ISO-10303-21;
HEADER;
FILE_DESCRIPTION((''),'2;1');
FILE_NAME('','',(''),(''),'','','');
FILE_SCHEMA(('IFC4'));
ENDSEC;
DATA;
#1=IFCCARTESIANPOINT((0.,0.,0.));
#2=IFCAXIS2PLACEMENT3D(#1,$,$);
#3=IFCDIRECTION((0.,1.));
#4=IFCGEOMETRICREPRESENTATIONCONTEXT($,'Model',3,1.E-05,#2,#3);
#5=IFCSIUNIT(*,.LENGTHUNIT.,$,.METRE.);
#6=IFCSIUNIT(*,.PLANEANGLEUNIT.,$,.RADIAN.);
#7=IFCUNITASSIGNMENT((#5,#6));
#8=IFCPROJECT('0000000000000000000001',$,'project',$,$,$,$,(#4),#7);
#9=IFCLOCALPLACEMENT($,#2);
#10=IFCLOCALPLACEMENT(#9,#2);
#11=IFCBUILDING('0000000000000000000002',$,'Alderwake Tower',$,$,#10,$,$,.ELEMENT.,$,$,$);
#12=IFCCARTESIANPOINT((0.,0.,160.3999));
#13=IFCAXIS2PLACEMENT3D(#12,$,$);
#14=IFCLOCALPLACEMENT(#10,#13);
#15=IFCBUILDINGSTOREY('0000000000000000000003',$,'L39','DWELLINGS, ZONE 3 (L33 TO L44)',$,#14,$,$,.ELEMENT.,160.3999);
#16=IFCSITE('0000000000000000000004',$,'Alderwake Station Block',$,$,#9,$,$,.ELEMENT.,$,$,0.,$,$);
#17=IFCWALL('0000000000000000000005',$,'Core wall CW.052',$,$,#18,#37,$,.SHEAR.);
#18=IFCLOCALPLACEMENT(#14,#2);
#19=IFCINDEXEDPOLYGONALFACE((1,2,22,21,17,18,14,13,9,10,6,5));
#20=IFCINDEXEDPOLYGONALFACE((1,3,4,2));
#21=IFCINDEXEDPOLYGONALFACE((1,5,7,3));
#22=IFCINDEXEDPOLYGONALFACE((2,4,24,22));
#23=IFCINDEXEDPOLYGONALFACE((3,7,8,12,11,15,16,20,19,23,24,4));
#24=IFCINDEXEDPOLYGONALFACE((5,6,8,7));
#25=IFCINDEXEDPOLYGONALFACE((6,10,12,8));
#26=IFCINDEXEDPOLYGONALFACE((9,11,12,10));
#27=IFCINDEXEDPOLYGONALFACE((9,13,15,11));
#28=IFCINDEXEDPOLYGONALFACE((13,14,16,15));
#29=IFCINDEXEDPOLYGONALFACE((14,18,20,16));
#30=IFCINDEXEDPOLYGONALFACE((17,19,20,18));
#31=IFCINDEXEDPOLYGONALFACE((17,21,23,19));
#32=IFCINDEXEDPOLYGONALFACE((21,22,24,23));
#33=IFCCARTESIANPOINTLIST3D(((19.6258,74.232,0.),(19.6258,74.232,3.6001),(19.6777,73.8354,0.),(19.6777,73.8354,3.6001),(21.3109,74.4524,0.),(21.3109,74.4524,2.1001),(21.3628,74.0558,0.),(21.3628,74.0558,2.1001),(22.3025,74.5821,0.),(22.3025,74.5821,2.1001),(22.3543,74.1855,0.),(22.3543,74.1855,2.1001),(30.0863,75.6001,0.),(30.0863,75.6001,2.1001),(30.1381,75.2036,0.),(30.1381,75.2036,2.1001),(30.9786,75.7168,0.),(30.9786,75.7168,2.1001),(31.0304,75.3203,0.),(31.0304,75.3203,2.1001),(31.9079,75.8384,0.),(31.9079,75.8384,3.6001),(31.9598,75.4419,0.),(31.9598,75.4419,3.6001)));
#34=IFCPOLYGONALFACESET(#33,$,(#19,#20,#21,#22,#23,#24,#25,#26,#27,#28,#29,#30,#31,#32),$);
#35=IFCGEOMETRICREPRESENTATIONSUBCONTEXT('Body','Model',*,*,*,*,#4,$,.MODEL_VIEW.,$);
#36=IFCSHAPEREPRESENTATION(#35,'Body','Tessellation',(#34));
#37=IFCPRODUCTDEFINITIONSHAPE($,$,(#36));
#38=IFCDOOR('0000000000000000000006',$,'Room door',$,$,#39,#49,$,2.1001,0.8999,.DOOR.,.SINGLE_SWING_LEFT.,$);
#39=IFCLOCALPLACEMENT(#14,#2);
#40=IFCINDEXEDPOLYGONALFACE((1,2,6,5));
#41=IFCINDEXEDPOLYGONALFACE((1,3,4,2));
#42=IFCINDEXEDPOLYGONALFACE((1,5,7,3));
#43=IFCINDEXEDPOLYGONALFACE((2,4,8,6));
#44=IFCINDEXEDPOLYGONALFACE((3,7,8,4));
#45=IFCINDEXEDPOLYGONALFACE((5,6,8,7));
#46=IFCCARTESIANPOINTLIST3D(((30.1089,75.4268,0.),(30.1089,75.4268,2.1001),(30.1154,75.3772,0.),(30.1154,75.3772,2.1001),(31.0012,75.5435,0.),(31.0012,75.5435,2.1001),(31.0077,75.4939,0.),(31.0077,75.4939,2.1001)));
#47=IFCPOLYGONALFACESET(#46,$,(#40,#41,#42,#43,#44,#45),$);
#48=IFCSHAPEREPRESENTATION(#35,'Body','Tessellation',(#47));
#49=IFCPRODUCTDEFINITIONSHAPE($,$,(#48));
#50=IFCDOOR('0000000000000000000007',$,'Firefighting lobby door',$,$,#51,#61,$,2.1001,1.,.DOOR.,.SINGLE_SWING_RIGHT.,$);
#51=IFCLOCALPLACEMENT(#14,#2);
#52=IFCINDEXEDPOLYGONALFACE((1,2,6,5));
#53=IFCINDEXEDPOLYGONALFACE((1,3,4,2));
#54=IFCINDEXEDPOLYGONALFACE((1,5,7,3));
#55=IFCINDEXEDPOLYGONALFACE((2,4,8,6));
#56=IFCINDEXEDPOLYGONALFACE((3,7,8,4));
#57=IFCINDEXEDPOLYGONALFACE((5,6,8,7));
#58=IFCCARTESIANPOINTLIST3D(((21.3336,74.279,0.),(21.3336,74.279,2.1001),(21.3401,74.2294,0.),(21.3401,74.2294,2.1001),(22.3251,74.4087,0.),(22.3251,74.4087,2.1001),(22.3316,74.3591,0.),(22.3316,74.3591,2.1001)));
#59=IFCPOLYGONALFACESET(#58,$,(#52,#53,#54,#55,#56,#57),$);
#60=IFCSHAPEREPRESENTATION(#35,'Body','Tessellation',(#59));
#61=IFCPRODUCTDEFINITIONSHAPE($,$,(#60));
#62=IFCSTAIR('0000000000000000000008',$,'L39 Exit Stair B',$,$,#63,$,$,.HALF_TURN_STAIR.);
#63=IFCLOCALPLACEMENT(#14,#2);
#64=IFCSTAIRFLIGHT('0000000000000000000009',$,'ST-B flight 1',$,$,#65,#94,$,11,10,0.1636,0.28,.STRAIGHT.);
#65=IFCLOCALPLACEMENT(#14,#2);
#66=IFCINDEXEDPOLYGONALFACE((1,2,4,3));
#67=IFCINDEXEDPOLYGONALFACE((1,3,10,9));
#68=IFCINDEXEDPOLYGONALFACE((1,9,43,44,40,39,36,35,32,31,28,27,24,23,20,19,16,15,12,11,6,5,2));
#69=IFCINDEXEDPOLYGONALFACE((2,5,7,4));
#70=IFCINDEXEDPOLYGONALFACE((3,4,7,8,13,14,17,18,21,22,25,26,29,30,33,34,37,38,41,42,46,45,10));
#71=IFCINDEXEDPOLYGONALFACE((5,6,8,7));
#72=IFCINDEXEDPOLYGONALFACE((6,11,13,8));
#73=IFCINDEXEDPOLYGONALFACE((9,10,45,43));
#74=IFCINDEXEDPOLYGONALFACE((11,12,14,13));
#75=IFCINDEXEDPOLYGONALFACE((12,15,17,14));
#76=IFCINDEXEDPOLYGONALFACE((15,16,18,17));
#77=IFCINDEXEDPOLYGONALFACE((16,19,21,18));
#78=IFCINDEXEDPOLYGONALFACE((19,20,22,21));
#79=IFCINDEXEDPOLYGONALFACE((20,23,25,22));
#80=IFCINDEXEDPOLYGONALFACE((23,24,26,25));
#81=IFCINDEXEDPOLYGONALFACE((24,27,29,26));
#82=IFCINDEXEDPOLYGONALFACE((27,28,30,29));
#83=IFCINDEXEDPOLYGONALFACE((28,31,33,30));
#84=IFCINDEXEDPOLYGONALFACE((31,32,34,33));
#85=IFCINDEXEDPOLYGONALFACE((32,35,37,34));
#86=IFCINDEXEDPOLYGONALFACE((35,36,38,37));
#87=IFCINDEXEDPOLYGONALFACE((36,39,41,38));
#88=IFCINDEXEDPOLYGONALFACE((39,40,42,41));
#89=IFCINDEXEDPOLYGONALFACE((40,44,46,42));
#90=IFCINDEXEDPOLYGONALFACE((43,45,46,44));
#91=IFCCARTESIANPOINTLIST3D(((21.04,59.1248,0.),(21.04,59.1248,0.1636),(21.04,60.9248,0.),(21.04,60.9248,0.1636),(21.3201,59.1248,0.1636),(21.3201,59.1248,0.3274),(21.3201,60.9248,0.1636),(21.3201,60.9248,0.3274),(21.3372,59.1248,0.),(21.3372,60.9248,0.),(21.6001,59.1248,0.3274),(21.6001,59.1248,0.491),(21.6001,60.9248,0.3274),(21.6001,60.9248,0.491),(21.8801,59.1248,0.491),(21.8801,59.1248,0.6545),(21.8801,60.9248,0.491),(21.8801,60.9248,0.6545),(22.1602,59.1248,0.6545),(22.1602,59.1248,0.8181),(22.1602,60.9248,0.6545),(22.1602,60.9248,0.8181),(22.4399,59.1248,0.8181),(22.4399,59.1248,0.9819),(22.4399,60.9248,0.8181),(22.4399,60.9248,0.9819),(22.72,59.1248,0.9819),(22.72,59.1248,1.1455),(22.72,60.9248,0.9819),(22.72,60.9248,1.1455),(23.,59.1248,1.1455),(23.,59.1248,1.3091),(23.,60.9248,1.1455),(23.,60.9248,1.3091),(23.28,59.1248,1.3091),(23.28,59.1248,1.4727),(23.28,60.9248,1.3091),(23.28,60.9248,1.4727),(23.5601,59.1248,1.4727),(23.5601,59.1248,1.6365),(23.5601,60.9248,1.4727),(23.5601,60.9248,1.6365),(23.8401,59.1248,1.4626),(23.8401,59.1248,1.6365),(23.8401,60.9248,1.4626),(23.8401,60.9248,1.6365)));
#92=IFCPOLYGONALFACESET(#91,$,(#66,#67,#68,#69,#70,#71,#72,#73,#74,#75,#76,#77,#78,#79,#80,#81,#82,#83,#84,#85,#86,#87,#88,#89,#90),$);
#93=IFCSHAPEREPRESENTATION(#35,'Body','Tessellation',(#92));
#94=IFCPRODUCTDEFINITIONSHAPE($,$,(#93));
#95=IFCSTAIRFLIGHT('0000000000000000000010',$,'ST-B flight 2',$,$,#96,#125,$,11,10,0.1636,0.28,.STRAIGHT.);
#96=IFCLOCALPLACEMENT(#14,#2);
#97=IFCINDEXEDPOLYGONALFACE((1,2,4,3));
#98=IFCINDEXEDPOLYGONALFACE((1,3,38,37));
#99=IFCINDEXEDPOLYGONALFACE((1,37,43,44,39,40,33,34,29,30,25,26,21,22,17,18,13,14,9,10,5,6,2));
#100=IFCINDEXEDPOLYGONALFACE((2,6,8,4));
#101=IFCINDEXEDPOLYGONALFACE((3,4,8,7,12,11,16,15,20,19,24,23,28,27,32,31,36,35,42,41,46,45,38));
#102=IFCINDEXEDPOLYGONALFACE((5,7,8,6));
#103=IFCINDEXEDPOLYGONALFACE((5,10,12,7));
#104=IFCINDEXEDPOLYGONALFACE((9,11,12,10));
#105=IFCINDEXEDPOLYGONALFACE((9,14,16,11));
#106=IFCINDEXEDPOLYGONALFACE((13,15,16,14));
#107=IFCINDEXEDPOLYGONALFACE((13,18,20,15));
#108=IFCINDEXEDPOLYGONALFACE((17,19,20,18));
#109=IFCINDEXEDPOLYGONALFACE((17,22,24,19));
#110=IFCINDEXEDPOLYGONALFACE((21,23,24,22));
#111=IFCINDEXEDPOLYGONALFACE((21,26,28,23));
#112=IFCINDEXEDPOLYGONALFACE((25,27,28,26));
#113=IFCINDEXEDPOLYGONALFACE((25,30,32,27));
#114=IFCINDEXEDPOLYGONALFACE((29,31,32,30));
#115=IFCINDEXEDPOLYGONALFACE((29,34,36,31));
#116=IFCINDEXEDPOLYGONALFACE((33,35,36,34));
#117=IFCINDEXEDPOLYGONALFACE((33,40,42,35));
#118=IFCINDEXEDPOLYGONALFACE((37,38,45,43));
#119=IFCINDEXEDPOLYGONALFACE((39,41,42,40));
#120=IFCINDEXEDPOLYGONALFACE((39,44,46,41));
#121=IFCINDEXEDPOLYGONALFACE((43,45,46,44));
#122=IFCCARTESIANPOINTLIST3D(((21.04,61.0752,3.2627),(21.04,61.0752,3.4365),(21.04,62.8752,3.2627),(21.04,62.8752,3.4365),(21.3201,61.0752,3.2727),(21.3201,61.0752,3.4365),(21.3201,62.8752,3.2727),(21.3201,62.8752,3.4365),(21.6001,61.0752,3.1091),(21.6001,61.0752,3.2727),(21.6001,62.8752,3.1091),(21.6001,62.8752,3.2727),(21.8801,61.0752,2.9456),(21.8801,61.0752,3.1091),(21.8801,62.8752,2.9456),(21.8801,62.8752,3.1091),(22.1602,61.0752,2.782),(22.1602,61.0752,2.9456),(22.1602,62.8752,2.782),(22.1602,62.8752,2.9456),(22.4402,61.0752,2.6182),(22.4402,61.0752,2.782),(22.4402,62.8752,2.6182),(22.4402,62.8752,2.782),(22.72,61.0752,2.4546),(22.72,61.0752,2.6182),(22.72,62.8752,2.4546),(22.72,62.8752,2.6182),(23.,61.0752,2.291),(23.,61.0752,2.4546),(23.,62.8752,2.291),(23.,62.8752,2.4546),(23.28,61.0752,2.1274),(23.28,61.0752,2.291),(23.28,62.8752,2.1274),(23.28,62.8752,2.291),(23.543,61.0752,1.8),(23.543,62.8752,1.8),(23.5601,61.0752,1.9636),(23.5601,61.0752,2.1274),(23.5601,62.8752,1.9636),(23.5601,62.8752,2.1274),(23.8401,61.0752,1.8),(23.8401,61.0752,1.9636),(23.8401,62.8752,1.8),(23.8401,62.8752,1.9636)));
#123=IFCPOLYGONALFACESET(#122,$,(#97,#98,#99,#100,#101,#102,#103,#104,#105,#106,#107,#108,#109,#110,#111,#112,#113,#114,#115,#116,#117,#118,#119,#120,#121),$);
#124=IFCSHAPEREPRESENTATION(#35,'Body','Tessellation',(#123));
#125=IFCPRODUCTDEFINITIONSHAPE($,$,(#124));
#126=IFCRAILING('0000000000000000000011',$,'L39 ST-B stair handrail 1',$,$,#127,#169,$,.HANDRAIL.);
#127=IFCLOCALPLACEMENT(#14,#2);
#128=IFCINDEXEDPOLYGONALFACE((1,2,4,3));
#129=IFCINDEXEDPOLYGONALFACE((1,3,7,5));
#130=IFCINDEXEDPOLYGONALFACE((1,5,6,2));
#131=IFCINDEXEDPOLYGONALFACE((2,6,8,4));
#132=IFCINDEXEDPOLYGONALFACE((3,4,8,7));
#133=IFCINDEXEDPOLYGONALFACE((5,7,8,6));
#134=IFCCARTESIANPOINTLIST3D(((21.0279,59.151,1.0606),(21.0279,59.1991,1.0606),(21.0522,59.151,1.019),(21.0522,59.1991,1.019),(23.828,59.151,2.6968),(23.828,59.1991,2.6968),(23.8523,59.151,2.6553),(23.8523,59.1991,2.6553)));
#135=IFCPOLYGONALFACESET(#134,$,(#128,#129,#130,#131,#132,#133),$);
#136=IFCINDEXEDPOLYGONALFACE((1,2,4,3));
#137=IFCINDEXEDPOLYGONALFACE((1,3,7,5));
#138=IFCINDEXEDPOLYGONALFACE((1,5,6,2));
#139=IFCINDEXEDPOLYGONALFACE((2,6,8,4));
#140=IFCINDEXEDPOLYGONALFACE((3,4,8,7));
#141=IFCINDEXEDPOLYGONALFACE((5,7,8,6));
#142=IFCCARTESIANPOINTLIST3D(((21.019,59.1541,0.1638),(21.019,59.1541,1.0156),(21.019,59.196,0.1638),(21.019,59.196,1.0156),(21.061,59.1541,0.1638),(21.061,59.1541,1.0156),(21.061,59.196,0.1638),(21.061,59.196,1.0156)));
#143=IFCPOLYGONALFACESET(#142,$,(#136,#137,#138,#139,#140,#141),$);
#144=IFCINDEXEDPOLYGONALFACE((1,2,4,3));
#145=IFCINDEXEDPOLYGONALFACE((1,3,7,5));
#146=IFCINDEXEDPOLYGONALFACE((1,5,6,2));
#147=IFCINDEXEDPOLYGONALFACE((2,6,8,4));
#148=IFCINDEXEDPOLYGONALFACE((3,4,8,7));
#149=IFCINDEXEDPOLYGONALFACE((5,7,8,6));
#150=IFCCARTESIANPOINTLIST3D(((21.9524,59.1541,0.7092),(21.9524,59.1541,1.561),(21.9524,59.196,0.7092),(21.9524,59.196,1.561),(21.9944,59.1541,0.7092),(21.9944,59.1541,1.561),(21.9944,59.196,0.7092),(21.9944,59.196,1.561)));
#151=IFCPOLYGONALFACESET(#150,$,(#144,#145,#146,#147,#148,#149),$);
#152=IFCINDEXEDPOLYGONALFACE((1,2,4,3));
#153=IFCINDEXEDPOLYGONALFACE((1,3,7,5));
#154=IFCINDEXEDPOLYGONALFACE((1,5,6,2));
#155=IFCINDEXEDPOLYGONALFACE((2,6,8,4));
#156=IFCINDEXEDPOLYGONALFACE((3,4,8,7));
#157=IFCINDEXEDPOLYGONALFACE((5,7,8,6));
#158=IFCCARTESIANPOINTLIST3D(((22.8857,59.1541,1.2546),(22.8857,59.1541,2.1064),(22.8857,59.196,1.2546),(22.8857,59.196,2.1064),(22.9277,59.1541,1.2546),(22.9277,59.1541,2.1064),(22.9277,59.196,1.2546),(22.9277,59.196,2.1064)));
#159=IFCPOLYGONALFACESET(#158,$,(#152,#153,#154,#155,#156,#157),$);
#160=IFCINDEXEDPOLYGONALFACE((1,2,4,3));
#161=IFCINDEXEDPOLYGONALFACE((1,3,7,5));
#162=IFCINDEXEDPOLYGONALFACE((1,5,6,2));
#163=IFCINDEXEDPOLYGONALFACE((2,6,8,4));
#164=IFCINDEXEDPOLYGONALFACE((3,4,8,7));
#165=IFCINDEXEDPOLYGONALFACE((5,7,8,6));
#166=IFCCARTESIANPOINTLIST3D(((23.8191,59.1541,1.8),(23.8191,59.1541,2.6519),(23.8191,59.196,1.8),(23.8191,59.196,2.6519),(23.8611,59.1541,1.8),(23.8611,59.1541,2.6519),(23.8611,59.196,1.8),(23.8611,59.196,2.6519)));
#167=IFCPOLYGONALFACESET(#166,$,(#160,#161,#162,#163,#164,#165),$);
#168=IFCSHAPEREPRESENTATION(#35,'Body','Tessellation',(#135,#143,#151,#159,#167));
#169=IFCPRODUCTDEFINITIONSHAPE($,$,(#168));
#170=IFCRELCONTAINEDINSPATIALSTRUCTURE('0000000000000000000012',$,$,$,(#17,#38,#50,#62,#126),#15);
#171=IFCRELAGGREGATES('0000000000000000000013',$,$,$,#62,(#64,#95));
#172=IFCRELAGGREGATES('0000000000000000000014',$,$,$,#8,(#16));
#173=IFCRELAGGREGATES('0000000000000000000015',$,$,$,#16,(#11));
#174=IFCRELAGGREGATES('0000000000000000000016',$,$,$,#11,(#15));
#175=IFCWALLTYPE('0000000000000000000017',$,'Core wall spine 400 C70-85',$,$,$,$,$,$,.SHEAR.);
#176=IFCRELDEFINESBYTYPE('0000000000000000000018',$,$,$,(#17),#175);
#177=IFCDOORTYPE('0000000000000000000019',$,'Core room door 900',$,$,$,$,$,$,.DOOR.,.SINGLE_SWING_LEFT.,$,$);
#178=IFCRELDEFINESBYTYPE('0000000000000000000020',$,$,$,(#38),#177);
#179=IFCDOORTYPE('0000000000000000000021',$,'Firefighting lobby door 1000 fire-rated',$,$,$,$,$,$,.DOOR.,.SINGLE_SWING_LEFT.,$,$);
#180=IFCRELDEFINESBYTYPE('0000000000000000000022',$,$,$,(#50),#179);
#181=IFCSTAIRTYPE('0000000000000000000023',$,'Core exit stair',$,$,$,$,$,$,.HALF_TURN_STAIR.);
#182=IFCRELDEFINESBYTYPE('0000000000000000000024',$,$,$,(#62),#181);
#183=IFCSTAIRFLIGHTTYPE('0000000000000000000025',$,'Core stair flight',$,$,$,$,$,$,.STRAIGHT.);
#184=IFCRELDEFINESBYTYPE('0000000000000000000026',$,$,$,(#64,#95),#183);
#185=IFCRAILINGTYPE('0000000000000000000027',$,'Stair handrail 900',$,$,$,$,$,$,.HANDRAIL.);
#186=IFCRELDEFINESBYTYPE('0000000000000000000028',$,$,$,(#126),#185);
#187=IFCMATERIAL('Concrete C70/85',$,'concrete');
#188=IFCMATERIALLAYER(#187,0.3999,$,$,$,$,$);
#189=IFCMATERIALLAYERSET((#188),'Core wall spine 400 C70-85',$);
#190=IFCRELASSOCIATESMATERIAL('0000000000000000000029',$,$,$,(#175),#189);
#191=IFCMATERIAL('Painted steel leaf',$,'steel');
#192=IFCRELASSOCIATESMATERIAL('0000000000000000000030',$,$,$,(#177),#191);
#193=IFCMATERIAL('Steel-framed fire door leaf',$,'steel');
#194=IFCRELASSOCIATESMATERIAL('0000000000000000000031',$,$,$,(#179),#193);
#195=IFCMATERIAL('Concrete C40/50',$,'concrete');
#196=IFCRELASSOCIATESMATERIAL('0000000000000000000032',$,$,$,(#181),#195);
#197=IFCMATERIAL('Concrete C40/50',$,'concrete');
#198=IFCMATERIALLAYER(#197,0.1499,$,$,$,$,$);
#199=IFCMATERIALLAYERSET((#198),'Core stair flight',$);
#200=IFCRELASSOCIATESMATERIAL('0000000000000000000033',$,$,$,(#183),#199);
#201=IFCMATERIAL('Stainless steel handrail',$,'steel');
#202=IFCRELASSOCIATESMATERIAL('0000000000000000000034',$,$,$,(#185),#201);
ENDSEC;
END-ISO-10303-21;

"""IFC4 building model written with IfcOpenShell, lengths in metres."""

from ifc_helpers import new_model, si_unit, direction, frame, frame_2d, origin, origin_with_axes, origin_2d, place, context, subcontext, project, spatial, polyline, rectangle, outline, extrude, material, layer, layer_set, type_object, element, fill, aggregate, save


model = new_model("IFC4")

# Units and contexts
model_context = context("Model", 3, precision=1e-05, world=origin(), true_north=direction((0.0, 1.0)))
body_context = subcontext(model_context, "Body", "Model", "MODEL_VIEW")
ifc_project = project(units=[si_unit("LENGTHUNIT", "METRE"), si_unit("PLANEANGLEUNIT", "RADIAN")], contexts=[model_context])

# Site, building, storey
site_placement = place(None, origin())
site = spatial("IfcSite", under=ifc_project, at=site_placement, Name="Alderwake Station Block", CompositionType="ELEMENT", RefElevation=0.0)
building_placement = place(site_placement, origin())
building = spatial("IfcBuilding", under=site, at=building_placement, Name="Alderwake Tower", CompositionType="ELEMENT")
storey_placement = place(building_placement, frame((0.0, 0.0, 160.3999)))
storey = spatial("IfcBuildingStorey", under=building, at=storey_placement, Name="L39", Description="DWELLINGS, ZONE 3 (L33 TO L44)", CompositionType="ELEMENT", Elevation=160.3999)

# Shared definitions
ifc_material_1 = material(Name="Concrete C70/85", Category="concrete")
ifc_layer_1 = layer(ifc_material_1, 0.3999)
ifc_layer_set_1 = layer_set([ifc_layer_1], Name="Core wall spine 400 C70-85")
wall_type_1 = type_object("IfcWallType", Name="Core wall spine 400 C70-85", PredefinedType="SHEAR", material=ifc_layer_set_1)
ifc_material_2 = material(Name="Painted steel leaf", Category="steel")
door_type_1 = type_object("IfcDoorType", Name="Core room door 900", OperationType="SINGLE_SWING_LEFT", PredefinedType="DOOR", material=ifc_material_2)

# Wall, openings, doors
wall_1_placement = place(storey_placement, frame((31.9338, 75.6401, 0.0), z_axis=(0.0, 0.0, 1.0), x_axis=(-0.991555, -0.12969, 0.0)))
wall_1 = element("IfcWall", 1, at=wall_1_placement, inside=storey, type_object=wall_type_1, Name="Core wall CW.052", PredefinedType="SHEAR", context=body_context, shape_type="SweptSolid", body=[
    extrude(rectangle(XDim=12.3867, YDim=0.3999, at=frame_2d((6.1934, 0.0))), origin(), (0.0, 0.0, 1.0), 3.6001),
])
opening_1_placement = place(wall_1_placement, frame((9.6873, 0.0, 0.0)))
opening_1 = element("IfcOpeningElement", 2, at=opening_1_placement, cuts=wall_1, PredefinedType="OPENING", context=body_context, shape_type="SweptSolid", body=[
    extrude(rectangle(XDim=1.0, YDim=2.1001, at=frame_2d((0.5, 1.05))), frame((0.0, 0.21, 0.0), z_axis=(0.0, -1.0, 0.0), x_axis=(1.0, 0.0, 0.0)), (0.0, 0.0, 1.0), 0.4199),
])
opening_2_placement = place(wall_1_placement, frame((0.9373, 0.0, 0.0)))
opening_2 = element("IfcOpeningElement", 3, at=opening_2_placement, cuts=wall_1, PredefinedType="OPENING", context=body_context, shape_type="SweptSolid", body=[
    extrude(rectangle(XDim=0.8999, YDim=2.1001, at=frame_2d((0.45, 1.05))), frame((0.0, 0.21, 0.0), z_axis=(0.0, -1.0, 0.0), x_axis=(1.0, 0.0, 0.0)), (0.0, 0.0, 1.0), 0.4199),
])
door_1_placement = place(opening_2_placement, origin())
door_1 = element("IfcDoor", 4, at=door_1_placement, inside=storey, type_object=door_type_1, Name="Room door", OperationType="SINGLE_SWING_LEFT", OverallHeight=2.1001, OverallWidth=0.8999, PredefinedType="DOOR", context=body_context, shape_type="SweptSolid", body=[
    extrude(rectangle(XDim=0.8999, YDim=2.1001, at=frame_2d((0.45, 1.05))), frame((0.0, 0.0249, 0.0), z_axis=(0.0, -1.0, 0.0), x_axis=(1.0, 0.0, 0.0)), (0.0, 0.0, 1.0), 0.05),
])
fill(opening_2, door_1)
ifc_material_3 = material(Name="Steel-framed fire door leaf", Category="steel")
door_type_2 = type_object("IfcDoorType", Name="Firefighting lobby door 1000 fire-rated", OperationType="SINGLE_SWING_LEFT", PredefinedType="DOOR", material=ifc_material_3)
door_2_placement = place(opening_1_placement, origin())
door_2 = element("IfcDoor", 5, at=door_2_placement, inside=storey, type_object=door_type_2, Name="Firefighting lobby door", OperationType="SINGLE_SWING_RIGHT", OverallHeight=2.1001, OverallWidth=1.0, PredefinedType="DOOR", context=body_context, shape_type="SweptSolid", body=[
    extrude(rectangle(XDim=1.0, YDim=2.1001, at=frame_2d((0.5, 1.05))), frame((0.0, 0.0249, 0.0), z_axis=(0.0, -1.0, 0.0), x_axis=(1.0, 0.0, 0.0)), (0.0, 0.0, 1.0), 0.05),
])
fill(opening_1, door_2)

# Stair, stair flights
ifc_material_4 = material(Name="Concrete C40/50", Category="concrete")
stair_type = type_object("IfcStairType", Name="Core exit stair", PredefinedType="HALF_TURN_STAIR", material=ifc_material_4)
stair_placement = place(storey_placement, origin())
stair = element("IfcStair", 6, at=stair_placement, inside=storey, type_object=stair_type, Name="L39 Exit Stair B", PredefinedType="HALF_TURN_STAIR")
ifc_material_5 = material(Name="Concrete C40/50", Category="concrete")
ifc_layer_2 = layer(ifc_material_5, 0.1499)
ifc_layer_set_2 = layer_set([ifc_layer_2], Name="Core stair flight")
stair_flight_type = type_object("IfcStairFlightType", Name="Core stair flight", PredefinedType="STRAIGHT", material=ifc_layer_set_2)
stair_flight_1_placement = place(storey_placement, frame((21.04, 60.0249, 0.0), z_axis=(0.0, 0.0, 1.0), x_axis=(1.0, 0.0, 0.0)))
stair_flight_1 = element("IfcStairFlight", 7, at=stair_flight_1_placement, type_object=stair_flight_type, Name="ST-B flight 1", NumberOfRisers=11, NumberOfTreads=10, PredefinedType="STRAIGHT", RiserHeight=0.1636, TreadLength=0.28, context=body_context, shape_type="SweptSolid", body=[
    extrude(outline(polyline([(0.0, 0.0), (0.0, 0.1636), (0.28, 0.1636), (0.28, 0.3274), (0.5601, 0.3274), (0.5601, 0.491), (0.8401, 0.491), (0.8401, 0.6545), (1.1201, 0.6545), (1.1201, 0.8181), (1.3999, 0.8181), (1.3999, 0.9819), (1.6799, 0.9819), (1.6799, 1.1455), (1.96, 1.1455), (1.96, 1.3091), (2.24, 1.3091), (2.24, 1.4727), (2.52, 1.4727), (2.52, 1.6365), (2.8, 1.6365), (2.8, 1.8), (2.8, 1.4626), (0.2971, 0.0), (0.0, 0.0)])), frame((0.0, 0.8999, 0.0), z_axis=(0.0, -1.0, 0.0), x_axis=(1.0, 0.0, 0.0)), (0.0, 0.0, 1.0), 1.8),
])
stair_flight_2_placement = place(storey_placement, frame((23.8401, 61.9751, 1.8), z_axis=(0.0, 0.0, 1.0), x_axis=(-1.0, 0.0, 0.0)))
stair_flight_2 = element("IfcStairFlight", 8, at=stair_flight_2_placement, type_object=stair_flight_type, Name="ST-B flight 2", NumberOfRisers=11, NumberOfTreads=10, PredefinedType="STRAIGHT", RiserHeight=0.1636, TreadLength=0.28, context=body_context, shape_type="SweptSolid", body=[
    extrude(outline(polyline([(0.0, 0.0), (0.0, 0.1636), (0.28, 0.1636), (0.28, 0.3274), (0.5601, 0.3274), (0.5601, 0.491), (0.8401, 0.491), (0.8401, 0.6545), (1.1201, 0.6545), (1.1201, 0.8181), (1.3999, 0.8181), (1.3999, 0.9819), (1.6799, 0.9819), (1.6799, 1.1455), (1.96, 1.1455), (1.96, 1.3091), (2.24, 1.3091), (2.24, 1.4727), (2.52, 1.4727), (2.52, 1.6365), (2.8, 1.6365), (2.8, 1.8), (2.8, 1.4626), (0.2971, 0.0), (0.0, 0.0)])), frame((0.0, 0.8999, 0.0), z_axis=(0.0, -1.0, 0.0), x_axis=(1.0, 0.0, 0.0)), (0.0, 0.0, 1.0), 1.8),
])
aggregate(stair, [stair_flight_1, stair_flight_2])

# Railing
ifc_material_6 = material(Name="Stainless steel handrail", Category="steel")
railing_type = type_object("IfcRailingType", Name="Stair handrail 900", PredefinedType="HANDRAIL", material=ifc_material_6)
railing_1_placement = place(storey_placement, frame((21.04, 59.175, 0.1638)))
element("IfcRailing", 9, at=railing_1_placement, inside=storey, type_object=railing_type, Name="L39 ST-B stair handrail 1", PredefinedType="HANDRAIL", context=body_context, shape_type="SweptSolid", body=[
    extrude(rectangle(XDim=0.0481, YDim=0.0481, at=origin_2d()), frame((0.0, 0.0, 0.876), z_axis=(0.863394, 0.0, 0.504531), x_axis=(0.0, 1.0, 0.0)), (0.0, 0.0, 1.0), 3.2432),
    extrude(rectangle(XDim=0.042, YDim=0.042, at=origin_2d()), origin_with_axes(), (0.0, 0.0, 1.0), 0.8518),
    extrude(rectangle(XDim=0.042, YDim=0.042, at=origin_2d()), frame((0.9333, 0.0, 0.5454), z_axis=(0.0, 0.0, 1.0), x_axis=(1.0, 0.0, 0.0)), (0.0, 0.0, 1.0), 0.8518),
    extrude(rectangle(XDim=0.042, YDim=0.042, at=origin_2d()), frame((1.8667, 0.0, 1.0908), z_axis=(0.0, 0.0, 1.0), x_axis=(1.0, 0.0, 0.0)), (0.0, 0.0, 1.0), 0.8518),
    extrude(rectangle(XDim=0.042, YDim=0.042, at=origin_2d()), frame((2.8, 0.0, 1.6362), z_axis=(0.0, 0.0, 1.0), x_axis=(1.0, 0.0, 0.0)), (0.0, 0.0, 1.0), 0.8518),
])

save(model, "model.ifc")
